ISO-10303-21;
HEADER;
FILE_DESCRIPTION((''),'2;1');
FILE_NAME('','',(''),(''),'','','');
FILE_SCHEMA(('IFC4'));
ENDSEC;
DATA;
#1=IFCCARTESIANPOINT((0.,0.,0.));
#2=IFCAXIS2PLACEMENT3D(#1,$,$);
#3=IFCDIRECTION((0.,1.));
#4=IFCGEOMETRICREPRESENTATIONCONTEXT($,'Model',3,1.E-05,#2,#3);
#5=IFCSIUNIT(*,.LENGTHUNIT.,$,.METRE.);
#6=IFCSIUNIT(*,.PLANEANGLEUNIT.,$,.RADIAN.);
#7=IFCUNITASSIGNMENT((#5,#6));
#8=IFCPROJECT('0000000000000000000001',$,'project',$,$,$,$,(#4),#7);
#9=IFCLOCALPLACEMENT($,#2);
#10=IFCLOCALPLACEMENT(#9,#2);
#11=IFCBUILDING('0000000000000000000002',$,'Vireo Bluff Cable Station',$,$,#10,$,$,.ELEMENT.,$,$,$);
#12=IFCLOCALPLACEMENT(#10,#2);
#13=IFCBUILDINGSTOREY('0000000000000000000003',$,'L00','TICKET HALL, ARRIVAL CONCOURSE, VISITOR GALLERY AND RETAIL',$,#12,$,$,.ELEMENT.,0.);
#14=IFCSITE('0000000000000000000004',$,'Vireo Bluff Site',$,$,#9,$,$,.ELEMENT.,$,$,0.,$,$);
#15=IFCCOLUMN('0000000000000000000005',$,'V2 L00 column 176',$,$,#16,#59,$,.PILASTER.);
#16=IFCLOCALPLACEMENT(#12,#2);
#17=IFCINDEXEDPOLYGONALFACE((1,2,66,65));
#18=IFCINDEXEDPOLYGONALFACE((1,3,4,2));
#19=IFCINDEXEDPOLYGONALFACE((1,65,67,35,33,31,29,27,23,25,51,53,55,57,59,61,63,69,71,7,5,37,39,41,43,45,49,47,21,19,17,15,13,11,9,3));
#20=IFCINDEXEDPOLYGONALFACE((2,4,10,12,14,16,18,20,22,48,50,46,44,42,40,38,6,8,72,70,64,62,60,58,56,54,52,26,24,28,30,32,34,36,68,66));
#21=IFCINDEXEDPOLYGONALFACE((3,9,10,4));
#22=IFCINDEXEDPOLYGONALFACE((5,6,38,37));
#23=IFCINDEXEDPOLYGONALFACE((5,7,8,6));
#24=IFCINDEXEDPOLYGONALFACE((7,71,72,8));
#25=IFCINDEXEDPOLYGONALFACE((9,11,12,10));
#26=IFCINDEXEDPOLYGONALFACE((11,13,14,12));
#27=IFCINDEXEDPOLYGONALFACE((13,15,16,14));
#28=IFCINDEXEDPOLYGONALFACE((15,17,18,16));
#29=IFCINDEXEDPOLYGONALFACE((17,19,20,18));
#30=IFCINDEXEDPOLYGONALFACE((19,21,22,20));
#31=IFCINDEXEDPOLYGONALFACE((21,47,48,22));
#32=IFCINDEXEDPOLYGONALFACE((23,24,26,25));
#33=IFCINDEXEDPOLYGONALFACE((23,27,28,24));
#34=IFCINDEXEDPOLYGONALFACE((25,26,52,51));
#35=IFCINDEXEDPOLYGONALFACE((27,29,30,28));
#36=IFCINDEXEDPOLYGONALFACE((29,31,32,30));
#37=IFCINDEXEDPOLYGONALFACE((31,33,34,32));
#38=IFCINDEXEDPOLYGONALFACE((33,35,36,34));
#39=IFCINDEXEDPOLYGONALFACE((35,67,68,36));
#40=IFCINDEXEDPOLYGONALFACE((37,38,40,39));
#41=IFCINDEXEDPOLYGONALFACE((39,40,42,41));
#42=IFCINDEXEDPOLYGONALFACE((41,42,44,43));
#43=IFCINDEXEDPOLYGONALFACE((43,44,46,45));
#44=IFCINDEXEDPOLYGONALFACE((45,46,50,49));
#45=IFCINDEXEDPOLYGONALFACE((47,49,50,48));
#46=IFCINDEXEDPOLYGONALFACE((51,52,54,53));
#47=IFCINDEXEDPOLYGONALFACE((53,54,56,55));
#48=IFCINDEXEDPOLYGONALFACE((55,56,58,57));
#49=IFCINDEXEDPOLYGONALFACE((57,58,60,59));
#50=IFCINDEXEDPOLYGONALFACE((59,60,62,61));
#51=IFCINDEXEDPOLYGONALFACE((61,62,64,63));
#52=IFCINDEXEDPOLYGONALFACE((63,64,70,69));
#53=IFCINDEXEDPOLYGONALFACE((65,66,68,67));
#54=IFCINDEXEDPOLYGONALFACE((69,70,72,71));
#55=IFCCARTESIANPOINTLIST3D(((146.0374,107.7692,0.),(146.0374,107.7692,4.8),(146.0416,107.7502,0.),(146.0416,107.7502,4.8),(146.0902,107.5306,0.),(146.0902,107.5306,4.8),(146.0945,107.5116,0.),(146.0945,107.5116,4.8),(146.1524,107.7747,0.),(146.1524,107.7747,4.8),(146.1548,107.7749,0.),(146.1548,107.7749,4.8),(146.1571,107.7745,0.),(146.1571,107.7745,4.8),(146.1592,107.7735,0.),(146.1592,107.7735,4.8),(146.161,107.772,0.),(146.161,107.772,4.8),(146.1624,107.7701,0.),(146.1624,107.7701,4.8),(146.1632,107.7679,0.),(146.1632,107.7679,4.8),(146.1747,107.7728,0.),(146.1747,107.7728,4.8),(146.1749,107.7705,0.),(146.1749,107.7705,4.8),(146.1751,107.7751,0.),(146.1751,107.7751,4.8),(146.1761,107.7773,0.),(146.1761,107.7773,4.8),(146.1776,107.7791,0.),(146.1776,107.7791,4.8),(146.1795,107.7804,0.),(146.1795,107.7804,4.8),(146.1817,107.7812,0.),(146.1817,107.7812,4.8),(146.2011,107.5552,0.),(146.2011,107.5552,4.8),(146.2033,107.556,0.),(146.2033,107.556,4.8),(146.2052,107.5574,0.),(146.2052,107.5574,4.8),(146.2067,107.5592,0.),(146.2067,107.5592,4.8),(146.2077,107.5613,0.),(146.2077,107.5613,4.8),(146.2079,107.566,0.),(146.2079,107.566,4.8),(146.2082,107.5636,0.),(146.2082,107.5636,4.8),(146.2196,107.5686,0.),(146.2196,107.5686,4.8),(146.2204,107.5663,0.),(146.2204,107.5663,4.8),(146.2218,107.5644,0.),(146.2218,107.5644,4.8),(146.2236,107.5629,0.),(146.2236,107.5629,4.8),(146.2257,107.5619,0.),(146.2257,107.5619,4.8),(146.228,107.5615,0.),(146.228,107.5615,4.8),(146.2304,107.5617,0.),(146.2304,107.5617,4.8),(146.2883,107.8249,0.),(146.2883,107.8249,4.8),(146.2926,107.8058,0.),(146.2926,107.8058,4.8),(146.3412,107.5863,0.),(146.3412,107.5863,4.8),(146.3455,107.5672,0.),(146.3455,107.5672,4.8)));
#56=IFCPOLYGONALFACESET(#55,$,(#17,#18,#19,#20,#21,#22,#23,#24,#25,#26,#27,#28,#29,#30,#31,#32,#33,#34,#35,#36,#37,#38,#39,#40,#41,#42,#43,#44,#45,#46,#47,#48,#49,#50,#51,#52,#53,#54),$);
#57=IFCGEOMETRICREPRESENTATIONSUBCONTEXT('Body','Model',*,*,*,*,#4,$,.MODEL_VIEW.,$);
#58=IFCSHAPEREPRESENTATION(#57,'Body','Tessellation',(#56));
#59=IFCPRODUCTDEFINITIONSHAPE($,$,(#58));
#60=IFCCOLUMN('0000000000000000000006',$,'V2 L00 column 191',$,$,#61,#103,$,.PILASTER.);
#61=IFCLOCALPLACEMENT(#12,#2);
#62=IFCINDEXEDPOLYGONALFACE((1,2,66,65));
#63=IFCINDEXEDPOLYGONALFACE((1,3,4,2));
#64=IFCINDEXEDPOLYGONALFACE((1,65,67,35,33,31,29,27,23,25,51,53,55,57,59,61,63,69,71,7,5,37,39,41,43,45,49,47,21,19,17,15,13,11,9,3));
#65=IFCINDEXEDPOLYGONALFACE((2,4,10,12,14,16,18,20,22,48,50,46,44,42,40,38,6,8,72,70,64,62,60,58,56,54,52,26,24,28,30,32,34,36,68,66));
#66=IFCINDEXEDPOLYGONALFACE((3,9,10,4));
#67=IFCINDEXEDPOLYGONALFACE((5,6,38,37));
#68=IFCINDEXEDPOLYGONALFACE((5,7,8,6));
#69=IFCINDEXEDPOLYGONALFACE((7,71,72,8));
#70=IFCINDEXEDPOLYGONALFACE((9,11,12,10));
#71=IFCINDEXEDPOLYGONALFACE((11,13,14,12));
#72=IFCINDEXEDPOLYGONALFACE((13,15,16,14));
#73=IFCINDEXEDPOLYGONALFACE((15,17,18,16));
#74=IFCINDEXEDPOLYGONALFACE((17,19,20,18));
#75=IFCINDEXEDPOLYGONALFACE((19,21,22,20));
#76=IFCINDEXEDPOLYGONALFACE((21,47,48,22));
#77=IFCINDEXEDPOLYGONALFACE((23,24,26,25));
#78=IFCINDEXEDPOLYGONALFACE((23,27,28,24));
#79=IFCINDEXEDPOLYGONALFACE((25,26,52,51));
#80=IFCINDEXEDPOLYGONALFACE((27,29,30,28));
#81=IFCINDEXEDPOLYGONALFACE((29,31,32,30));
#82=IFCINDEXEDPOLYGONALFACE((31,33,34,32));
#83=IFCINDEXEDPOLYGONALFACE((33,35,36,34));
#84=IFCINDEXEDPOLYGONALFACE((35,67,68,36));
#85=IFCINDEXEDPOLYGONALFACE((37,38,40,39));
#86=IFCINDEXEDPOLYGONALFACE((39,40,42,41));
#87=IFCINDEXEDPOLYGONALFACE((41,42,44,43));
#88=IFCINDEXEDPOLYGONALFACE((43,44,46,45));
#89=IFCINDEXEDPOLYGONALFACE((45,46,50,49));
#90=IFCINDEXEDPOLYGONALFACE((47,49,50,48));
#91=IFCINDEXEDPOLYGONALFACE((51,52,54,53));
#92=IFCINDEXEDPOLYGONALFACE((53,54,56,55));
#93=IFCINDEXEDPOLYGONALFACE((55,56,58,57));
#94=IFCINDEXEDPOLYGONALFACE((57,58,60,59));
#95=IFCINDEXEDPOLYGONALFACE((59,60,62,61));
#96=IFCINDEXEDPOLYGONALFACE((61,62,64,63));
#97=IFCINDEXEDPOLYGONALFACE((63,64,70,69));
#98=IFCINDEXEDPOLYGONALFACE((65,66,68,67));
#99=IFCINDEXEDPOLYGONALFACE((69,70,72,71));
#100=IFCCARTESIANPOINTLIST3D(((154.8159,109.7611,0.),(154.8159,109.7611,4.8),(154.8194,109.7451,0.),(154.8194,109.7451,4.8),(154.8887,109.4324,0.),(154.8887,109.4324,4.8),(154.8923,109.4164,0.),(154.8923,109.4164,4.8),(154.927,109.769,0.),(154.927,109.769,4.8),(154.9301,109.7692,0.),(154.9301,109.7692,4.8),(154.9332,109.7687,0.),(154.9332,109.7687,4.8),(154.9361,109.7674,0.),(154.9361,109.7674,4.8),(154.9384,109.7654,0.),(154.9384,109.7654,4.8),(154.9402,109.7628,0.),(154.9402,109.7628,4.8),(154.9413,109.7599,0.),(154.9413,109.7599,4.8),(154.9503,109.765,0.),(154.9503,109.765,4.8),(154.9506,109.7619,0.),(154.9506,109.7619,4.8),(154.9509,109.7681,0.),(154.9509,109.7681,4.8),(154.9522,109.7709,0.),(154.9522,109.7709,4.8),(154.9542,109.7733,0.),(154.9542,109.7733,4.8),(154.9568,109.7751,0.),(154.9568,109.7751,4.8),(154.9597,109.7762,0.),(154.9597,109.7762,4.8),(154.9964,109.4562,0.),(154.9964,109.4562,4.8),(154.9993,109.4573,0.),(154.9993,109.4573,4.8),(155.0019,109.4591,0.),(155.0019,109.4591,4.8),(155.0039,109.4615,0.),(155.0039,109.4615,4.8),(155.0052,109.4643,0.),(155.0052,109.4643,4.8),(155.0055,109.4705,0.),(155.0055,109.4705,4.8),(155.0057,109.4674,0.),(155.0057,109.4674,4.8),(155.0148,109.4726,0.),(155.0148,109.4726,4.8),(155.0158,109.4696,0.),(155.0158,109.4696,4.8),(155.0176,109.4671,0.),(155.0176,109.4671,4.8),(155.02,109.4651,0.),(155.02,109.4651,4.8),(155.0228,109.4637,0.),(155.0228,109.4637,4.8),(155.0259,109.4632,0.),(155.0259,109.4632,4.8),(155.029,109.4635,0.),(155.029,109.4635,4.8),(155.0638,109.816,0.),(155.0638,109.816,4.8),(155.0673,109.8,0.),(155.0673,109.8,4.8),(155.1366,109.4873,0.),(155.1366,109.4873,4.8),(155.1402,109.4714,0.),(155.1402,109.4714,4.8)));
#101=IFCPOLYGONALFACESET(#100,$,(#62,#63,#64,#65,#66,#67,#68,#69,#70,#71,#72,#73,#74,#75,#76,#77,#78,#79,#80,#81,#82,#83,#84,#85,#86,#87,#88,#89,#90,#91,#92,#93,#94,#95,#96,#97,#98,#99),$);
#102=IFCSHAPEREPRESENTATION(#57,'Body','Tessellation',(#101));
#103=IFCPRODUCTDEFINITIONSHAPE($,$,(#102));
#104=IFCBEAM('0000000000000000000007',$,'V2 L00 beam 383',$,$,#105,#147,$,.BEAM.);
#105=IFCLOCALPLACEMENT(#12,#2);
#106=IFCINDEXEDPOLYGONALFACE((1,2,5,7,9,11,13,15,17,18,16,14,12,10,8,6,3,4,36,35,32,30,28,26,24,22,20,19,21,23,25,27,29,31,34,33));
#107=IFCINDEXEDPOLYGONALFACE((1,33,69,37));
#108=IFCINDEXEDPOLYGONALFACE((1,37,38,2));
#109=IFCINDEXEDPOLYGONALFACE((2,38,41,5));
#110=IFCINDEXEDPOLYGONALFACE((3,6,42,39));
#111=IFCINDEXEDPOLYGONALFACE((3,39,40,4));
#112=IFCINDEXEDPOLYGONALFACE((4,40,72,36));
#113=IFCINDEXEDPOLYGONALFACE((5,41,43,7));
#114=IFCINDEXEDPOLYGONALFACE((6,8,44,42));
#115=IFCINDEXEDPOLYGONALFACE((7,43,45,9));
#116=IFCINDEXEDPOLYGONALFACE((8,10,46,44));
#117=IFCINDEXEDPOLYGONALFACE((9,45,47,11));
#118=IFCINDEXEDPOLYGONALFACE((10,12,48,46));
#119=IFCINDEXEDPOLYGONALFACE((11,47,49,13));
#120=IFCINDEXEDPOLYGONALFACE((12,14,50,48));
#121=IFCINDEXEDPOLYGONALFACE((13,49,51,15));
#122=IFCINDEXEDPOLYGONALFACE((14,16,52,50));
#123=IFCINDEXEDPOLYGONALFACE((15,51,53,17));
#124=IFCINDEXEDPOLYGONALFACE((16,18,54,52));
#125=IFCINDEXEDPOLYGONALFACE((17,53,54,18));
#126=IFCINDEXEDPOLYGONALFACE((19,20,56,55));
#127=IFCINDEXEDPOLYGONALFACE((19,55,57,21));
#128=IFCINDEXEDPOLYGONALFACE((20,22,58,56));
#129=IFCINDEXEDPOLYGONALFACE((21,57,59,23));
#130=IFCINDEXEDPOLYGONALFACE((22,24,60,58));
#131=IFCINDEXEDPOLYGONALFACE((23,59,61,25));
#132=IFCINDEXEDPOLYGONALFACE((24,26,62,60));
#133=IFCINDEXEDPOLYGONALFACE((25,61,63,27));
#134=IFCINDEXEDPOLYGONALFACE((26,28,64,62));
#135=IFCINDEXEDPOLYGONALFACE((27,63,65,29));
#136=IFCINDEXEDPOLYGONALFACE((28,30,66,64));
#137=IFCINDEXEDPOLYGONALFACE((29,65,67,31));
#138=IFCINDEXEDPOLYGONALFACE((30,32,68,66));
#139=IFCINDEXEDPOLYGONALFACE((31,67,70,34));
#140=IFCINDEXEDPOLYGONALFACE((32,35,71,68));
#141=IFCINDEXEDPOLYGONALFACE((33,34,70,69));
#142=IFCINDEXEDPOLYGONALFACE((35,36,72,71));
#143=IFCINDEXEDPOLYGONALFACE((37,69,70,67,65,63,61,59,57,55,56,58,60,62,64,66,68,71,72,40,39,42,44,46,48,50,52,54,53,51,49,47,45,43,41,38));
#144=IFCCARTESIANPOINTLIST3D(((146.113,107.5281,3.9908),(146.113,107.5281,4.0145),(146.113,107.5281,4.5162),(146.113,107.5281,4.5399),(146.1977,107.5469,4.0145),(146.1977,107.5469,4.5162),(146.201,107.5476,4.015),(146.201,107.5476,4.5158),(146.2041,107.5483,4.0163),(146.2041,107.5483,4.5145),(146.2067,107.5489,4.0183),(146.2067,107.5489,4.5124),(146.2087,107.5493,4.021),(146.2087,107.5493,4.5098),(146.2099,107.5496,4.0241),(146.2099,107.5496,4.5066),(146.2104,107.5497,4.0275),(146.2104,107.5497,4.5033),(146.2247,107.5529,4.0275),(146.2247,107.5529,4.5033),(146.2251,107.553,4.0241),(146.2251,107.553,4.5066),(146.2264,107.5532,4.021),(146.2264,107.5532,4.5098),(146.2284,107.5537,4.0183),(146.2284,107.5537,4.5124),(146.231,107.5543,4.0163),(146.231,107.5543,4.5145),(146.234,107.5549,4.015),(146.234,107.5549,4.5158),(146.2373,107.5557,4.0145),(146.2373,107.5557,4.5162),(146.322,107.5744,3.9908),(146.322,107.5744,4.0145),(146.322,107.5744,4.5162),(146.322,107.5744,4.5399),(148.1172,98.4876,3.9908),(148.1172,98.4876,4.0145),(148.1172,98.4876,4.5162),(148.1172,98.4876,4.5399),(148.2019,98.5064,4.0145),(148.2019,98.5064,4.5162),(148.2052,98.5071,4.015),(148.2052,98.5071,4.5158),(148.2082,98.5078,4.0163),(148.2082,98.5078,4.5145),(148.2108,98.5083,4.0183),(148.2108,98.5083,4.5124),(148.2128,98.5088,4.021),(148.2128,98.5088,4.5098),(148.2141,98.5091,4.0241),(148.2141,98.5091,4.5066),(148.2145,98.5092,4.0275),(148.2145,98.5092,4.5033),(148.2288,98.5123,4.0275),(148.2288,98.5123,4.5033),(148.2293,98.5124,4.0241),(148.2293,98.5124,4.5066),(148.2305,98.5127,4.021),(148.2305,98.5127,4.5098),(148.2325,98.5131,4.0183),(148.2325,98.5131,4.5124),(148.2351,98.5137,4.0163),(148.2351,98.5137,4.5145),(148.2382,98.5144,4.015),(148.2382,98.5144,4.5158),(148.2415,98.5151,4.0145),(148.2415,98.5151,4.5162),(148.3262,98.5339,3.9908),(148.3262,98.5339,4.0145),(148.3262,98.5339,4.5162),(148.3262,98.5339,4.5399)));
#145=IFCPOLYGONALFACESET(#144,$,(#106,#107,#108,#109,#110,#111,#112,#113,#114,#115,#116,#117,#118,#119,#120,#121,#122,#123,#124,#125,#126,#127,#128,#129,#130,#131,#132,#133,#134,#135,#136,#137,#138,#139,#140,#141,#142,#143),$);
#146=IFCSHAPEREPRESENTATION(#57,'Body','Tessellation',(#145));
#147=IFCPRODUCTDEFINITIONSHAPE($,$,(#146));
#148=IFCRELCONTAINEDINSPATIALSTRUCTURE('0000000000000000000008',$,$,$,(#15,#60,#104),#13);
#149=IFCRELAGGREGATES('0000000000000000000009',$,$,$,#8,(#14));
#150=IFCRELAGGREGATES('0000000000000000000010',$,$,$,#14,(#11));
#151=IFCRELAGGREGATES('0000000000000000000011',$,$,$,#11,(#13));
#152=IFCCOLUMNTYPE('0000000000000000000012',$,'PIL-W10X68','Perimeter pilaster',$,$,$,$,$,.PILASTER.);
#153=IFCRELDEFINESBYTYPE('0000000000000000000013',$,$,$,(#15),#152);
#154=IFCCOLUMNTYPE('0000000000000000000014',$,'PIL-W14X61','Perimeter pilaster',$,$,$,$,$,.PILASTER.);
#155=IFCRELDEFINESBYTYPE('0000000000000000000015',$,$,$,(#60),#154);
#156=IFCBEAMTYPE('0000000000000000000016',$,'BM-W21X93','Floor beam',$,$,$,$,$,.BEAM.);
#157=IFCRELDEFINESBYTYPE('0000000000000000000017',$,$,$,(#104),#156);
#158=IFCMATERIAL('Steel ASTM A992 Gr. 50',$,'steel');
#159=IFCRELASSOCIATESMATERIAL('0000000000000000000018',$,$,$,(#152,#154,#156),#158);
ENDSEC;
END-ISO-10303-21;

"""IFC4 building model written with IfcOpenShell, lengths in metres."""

from ifc_helpers import new_model, si_unit, direction, frame, origin, origin_2d, place, context, subcontext, project, spatial, i_section, extrude, material, material_profile, profile_set, type_object, element, save


model = new_model("IFC4")

# Units and contexts
model_context = context("Model", 3, precision=1e-05, world=origin(), true_north=direction((0.0, 1.0)))
body_context = subcontext(model_context, "Body", "Model", "MODEL_VIEW")
ifc_project = project(units=[si_unit("LENGTHUNIT", "METRE"), si_unit("PLANEANGLEUNIT", "RADIAN")], contexts=[model_context])

# Site, building, storey
site_placement = place(None, origin())
site = spatial("IfcSite", under=ifc_project, at=site_placement, Name="Vireo Bluff Site", CompositionType="ELEMENT", RefElevation=0.0)
building_placement = place(site_placement, origin())
building = spatial("IfcBuilding", under=site, at=building_placement, Name="Vireo Bluff Cable Station", CompositionType="ELEMENT")
storey_placement = place(building_placement, origin())
storey = spatial("IfcBuildingStorey", under=building, at=storey_placement, Name="L00", Description="TICKET HALL, ARRIVAL CONCOURSE, VISITOR GALLERY AND RETAIL", CompositionType="ELEMENT", Elevation=0.0)

# Columns
ifc_material_1 = material(Name="Steel ASTM A992 Gr. 50", Category="steel")
ifc_material_profile_1 = material_profile(ifc_material_1, i_section(OverallWidth=0.2571, OverallDepth=0.2639, WebThickness=0.012, FlangeThickness=0.0195, FilletRadius=0.009, at=origin_2d()), Name="W10X68")
ifc_profile_set_1 = profile_set([ifc_material_profile_1], Name="Steel ASTM A992 Gr. 50")
column_type_1 = type_object("IfcColumnType", Name="PIL-W10X68", Description="Perimeter pilaster", PredefinedType="PILASTER", material=ifc_profile_set_1)
column_1_placement = place(storey_placement, frame((146.1914, 107.6682, 0.0), z_axis=(0.0, 0.0, 1.0), x_axis=(0.976296, 0.21644, 0.0)))
element("IfcColumn", 1, at=column_1_placement, inside=storey, type_object=column_type_1, Name="V2 L00 column 176", PredefinedType="PILASTER", context=body_context, shape_type="SweptSolid", body=[
    extrude(i_section(OverallWidth=0.2571, OverallDepth=0.2639, WebThickness=0.012, FlangeThickness=0.0195, FilletRadius=0.009, at=origin_2d()), origin(), (0.0, 0.0, 1.0), 4.8),
])
ifc_material_profile_2 = material_profile(ifc_material_1, i_section(OverallWidth=0.2539, OverallDepth=0.353, WebThickness=0.0095, FlangeThickness=0.0164, FilletRadius=0.012, at=origin_2d()), Name="W14X61")
ifc_profile_set_2 = profile_set([ifc_material_profile_2], Name="Steel ASTM A992 Gr. 50")
column_type_2 = type_object("IfcColumnType", Name="PIL-W14X61", Description="Perimeter pilaster", PredefinedType="PILASTER", material=ifc_profile_set_2)
column_2_placement = place(storey_placement, frame((154.978, 109.6162, 0.0), z_axis=(0.0, 0.0, 1.0), x_axis=(0.976296, 0.21644, 0.0)))
element("IfcColumn", 2, at=column_2_placement, inside=storey, type_object=column_type_2, Name="V2 L00 column 191", PredefinedType="PILASTER", context=body_context, shape_type="SweptSolid", body=[
    extrude(i_section(OverallWidth=0.2539, OverallDepth=0.353, WebThickness=0.0095, FlangeThickness=0.0164, FilletRadius=0.012, at=origin_2d()), origin(), (0.0, 0.0, 1.0), 4.8),
])

# Beam
ifc_material_profile_3 = material_profile(ifc_material_1, i_section(OverallWidth=0.2141, OverallDepth=0.5491, WebThickness=0.0146, FlangeThickness=0.0237, FilletRadius=0.0129, at=origin_2d()), Name="W21X93")
ifc_profile_set_3 = profile_set([ifc_material_profile_3], Name="Steel ASTM A992 Gr. 50")
beam_type_1 = type_object("IfcBeamType", Name="BM-W21X93", Description="Floor beam", PredefinedType="BEAM", material=ifc_profile_set_3)
beam_1_placement = place(storey_placement, frame((148.2217, 98.5107, 4.2654), z_axis=(-0.216431, 0.976298, 0.0), x_axis=(-0.976298, -0.216431, 0.0)))
element("IfcBeam", 3, at=beam_1_placement, inside=storey, type_object=beam_type_1, Name="V2 L00 beam 383", PredefinedType="BEAM", context=body_context, shape_type="SweptSolid", body=[
    extrude(i_section(OverallWidth=0.2141, OverallDepth=0.5491, WebThickness=0.0146, FlangeThickness=0.0237, FilletRadius=0.0129, at=origin_2d()), origin(), (0.0, 0.0, 1.0), 9.26),
])

save(model, "model.ifc")
